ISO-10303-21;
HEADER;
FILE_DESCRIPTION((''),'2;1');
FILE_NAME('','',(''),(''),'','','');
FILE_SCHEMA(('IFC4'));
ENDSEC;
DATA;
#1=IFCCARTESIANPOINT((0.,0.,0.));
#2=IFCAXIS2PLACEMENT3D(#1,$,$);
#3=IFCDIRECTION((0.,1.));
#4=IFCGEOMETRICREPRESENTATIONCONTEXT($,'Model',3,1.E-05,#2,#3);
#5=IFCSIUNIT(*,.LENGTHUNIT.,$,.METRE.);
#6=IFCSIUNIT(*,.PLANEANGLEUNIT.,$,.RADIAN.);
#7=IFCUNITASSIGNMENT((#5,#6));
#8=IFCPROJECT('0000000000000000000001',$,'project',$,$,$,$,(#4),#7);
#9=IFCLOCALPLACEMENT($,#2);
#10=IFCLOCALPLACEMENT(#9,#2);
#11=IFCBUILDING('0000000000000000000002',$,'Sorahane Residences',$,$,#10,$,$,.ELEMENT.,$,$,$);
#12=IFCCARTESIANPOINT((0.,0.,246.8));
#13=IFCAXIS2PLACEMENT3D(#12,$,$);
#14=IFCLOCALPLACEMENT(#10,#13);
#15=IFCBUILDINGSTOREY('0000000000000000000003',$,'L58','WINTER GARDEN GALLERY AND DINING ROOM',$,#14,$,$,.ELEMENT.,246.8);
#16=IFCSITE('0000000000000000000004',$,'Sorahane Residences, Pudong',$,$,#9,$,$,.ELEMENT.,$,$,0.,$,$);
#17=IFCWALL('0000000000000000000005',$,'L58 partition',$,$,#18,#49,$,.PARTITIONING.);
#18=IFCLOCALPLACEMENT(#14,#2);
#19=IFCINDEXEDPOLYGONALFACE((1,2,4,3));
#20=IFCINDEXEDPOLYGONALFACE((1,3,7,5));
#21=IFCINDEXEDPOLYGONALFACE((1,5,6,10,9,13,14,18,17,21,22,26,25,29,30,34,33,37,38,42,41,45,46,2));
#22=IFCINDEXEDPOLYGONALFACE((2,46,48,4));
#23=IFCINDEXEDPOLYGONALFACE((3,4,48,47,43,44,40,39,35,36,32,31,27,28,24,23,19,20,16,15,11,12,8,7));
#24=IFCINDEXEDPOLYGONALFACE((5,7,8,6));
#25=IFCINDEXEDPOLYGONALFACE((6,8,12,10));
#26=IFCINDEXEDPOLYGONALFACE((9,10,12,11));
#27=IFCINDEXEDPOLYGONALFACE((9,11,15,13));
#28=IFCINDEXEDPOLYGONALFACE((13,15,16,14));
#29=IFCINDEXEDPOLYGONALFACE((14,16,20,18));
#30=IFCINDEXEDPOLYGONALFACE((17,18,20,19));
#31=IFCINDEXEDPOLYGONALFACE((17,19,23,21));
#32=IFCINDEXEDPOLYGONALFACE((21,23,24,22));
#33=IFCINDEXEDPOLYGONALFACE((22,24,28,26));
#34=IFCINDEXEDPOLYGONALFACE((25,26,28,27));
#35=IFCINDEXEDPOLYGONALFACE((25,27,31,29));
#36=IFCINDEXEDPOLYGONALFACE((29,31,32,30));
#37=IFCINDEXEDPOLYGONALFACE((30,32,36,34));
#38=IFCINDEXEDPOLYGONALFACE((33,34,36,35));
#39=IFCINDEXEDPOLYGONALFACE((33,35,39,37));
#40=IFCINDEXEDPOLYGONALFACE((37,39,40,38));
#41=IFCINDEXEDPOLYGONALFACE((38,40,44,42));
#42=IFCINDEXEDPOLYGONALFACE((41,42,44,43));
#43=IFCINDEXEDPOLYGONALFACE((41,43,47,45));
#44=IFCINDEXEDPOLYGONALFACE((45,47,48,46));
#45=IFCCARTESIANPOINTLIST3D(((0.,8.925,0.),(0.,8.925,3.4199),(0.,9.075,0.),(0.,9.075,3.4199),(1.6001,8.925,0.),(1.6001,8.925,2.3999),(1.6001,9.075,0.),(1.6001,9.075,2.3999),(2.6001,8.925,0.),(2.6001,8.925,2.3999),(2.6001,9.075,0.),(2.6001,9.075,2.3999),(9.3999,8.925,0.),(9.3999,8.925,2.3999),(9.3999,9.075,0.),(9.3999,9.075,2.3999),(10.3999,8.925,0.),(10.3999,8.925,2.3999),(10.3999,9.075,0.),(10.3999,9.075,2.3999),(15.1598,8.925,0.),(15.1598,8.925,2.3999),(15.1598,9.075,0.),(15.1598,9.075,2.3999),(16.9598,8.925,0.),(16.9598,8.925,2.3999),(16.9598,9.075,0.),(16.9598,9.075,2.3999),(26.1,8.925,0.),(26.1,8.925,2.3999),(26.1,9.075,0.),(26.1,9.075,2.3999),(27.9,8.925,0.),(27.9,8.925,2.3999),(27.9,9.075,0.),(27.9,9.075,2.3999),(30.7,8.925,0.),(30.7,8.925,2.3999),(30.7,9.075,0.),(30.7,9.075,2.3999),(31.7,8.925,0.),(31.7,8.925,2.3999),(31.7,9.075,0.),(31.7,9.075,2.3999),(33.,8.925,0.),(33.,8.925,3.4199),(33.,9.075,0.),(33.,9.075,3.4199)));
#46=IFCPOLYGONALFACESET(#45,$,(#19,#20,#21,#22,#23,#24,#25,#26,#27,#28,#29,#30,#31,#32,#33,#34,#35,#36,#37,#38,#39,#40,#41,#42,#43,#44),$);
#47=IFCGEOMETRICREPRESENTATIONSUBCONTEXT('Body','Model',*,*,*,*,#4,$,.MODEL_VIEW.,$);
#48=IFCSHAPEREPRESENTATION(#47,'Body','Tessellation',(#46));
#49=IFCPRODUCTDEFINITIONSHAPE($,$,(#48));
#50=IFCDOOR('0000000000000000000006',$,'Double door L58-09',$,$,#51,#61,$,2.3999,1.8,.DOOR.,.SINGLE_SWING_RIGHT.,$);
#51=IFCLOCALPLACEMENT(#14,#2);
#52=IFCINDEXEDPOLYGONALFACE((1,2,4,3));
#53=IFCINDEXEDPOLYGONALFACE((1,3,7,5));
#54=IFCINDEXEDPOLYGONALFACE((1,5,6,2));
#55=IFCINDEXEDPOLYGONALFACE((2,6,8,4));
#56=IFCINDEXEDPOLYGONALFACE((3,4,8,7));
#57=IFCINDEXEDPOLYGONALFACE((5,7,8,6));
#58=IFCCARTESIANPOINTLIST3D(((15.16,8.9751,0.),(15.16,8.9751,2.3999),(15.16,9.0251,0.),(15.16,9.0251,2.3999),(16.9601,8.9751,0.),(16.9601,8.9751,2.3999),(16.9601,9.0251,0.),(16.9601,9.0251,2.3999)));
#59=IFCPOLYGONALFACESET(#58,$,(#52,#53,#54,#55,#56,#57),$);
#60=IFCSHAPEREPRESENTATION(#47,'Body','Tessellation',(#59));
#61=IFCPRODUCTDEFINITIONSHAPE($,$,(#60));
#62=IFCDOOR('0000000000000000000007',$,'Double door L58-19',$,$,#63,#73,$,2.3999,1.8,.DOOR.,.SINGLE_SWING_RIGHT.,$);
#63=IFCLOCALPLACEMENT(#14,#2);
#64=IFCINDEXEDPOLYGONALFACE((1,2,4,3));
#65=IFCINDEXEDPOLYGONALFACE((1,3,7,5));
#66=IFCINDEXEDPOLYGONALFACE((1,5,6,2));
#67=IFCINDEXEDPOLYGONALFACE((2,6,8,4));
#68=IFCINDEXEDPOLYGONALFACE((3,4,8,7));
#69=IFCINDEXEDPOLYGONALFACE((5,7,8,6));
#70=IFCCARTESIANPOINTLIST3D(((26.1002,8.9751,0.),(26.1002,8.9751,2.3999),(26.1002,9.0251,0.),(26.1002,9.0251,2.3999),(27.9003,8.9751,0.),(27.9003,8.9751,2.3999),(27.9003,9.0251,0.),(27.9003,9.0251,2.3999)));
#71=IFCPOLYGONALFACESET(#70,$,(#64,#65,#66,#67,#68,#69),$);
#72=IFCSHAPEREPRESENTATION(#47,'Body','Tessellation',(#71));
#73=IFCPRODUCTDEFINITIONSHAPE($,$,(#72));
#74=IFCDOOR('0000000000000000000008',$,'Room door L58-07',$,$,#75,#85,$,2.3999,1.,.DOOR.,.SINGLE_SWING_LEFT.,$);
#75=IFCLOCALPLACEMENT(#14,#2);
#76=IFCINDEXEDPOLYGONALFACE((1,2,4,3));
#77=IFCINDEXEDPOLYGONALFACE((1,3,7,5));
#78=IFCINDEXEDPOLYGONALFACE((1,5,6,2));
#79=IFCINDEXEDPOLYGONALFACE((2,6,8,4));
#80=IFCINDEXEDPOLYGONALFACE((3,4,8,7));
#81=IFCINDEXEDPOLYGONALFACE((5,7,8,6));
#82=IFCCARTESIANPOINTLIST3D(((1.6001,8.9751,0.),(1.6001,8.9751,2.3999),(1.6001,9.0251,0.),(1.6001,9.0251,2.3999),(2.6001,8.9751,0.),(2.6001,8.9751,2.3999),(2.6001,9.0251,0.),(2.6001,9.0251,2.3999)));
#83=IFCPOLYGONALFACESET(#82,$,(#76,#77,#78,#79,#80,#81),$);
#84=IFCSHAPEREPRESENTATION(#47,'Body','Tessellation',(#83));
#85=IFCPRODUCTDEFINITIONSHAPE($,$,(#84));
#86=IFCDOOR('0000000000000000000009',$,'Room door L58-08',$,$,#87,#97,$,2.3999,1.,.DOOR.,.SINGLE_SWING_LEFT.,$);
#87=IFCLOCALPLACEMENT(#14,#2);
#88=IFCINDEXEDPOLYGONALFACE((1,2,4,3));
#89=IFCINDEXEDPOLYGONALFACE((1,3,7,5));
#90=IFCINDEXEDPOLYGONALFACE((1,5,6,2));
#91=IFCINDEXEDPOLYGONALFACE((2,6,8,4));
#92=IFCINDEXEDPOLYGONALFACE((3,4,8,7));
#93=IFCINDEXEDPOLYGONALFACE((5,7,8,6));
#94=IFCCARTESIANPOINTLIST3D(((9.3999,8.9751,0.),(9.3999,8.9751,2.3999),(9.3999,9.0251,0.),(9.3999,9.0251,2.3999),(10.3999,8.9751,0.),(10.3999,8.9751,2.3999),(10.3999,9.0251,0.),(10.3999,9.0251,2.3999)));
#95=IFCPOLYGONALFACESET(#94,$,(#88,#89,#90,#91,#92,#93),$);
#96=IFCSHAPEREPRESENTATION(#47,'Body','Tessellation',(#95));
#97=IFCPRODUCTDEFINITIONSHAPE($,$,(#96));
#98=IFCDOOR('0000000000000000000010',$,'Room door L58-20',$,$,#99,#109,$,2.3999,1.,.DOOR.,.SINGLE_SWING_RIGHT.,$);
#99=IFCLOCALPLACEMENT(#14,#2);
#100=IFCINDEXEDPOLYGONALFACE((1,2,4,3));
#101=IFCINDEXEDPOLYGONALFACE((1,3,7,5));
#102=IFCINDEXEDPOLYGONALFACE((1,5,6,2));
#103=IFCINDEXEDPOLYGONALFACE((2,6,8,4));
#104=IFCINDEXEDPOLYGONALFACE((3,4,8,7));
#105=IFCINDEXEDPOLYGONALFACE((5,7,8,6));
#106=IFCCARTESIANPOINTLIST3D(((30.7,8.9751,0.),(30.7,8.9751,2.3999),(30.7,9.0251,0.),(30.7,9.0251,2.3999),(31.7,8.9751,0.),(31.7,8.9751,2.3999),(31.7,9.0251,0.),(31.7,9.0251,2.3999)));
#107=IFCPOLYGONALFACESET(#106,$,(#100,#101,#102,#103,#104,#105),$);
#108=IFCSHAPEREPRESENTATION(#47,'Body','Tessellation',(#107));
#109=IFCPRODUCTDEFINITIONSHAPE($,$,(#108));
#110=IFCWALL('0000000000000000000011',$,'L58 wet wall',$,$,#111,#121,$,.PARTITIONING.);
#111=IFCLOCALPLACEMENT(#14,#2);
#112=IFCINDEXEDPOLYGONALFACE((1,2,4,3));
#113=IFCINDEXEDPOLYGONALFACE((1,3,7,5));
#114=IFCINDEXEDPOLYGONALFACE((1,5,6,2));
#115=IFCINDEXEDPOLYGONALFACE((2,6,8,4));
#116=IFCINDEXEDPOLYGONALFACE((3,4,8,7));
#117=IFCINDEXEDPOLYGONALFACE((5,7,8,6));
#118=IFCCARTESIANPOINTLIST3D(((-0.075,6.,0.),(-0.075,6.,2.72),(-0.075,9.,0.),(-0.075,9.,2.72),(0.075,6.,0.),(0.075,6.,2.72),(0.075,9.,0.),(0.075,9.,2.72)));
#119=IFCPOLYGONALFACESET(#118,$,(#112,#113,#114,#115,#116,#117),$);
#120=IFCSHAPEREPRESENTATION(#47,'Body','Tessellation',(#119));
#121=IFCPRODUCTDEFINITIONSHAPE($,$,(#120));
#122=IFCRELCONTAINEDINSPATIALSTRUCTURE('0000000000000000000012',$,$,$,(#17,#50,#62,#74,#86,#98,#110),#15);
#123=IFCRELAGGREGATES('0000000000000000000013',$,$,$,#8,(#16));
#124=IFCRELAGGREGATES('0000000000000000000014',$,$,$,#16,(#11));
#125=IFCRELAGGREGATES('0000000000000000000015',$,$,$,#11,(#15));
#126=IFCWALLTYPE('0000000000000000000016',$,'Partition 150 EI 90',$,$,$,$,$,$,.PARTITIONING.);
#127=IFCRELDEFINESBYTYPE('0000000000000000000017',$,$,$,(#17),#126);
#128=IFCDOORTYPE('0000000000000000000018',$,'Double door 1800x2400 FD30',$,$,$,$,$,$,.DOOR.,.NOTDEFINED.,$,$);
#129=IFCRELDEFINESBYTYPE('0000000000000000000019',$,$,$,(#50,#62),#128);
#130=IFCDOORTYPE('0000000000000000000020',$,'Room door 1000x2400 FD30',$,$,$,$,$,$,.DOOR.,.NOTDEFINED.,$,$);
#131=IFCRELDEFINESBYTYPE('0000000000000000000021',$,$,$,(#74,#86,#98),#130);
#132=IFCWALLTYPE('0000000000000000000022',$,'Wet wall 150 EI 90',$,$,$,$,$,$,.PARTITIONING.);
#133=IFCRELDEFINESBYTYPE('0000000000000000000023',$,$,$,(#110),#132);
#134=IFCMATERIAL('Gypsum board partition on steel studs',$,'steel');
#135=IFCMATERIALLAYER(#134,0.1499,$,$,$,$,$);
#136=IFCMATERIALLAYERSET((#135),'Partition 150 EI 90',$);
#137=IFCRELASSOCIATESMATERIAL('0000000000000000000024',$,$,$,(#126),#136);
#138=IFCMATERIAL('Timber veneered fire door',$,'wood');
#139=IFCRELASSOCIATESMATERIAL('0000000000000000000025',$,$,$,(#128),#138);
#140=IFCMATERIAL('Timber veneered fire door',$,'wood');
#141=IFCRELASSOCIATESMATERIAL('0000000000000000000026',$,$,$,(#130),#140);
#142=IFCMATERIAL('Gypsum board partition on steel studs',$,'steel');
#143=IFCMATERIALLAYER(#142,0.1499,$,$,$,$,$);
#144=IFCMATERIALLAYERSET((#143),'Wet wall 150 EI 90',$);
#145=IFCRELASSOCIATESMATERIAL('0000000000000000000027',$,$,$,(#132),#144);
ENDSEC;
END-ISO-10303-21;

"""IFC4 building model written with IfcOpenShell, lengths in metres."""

from ifc_helpers import new_model, si_unit, direction, frame, frame_2d, origin, place, context, subcontext, project, spatial, rectangle, extrude, material, layer, layer_set, type_object, element, fill, save


model = new_model("IFC4")

# Units and contexts
model_context = context("Model", 3, precision=1e-05, world=origin(), true_north=direction((0.0, 1.0)))
body_context = subcontext(model_context, "Body", "Model", "MODEL_VIEW")
ifc_project = project(units=[si_unit("LENGTHUNIT", "METRE"), si_unit("PLANEANGLEUNIT", "RADIAN")], contexts=[model_context])

# Site, building, storey
site_placement = place(None, origin())
site = spatial("IfcSite", under=ifc_project, at=site_placement, Name="Sorahane Residences, Pudong", CompositionType="ELEMENT", RefElevation=0.0)
building_placement = place(site_placement, origin())
building = spatial("IfcBuilding", under=site, at=building_placement, Name="Sorahane Residences", CompositionType="ELEMENT")
storey_placement = place(building_placement, frame((0.0, 0.0, 246.8)))
storey = spatial("IfcBuildingStorey", under=building, at=storey_placement, Name="L58", Description="WINTER GARDEN GALLERY AND DINING ROOM", CompositionType="ELEMENT", Elevation=246.8)

# Shared definitions
ifc_material_1 = material(Name="Gypsum board partition on steel studs", Category="steel")
ifc_layer_1 = layer(ifc_material_1, 0.1499)
ifc_layer_set_1 = layer_set([ifc_layer_1], Name="Partition 150 EI 90")
wall_type_1 = type_object("IfcWallType", Name="Partition 150 EI 90", PredefinedType="PARTITIONING", material=ifc_layer_set_1)

# Wall, openings, doors
wall_1_placement = place(storey_placement, frame((0.0, 9.0, 0.0), z_axis=(0.0, 0.0, 1.0), x_axis=(1.0, 0.0, 0.0)))
wall_1 = element("IfcWall", 1, at=wall_1_placement, inside=storey, type_object=wall_type_1, Name="L58 partition", PredefinedType="PARTITIONING", context=body_context, shape_type="SweptSolid", body=[
    extrude(rectangle(XDim=33.0, YDim=0.1499, at=frame_2d((16.5, 0.0))), origin(), (0.0, 0.0, 1.0), 3.4199),
])
opening_1_placement = place(wall_1_placement, frame((1.6001, 0.0, 0.0)))
opening_1 = element("IfcOpeningElement", 2, at=opening_1_placement, cuts=wall_1, PredefinedType="OPENING", context=body_context, shape_type="SweptSolid", body=[
    extrude(rectangle(XDim=1.0, YDim=2.3999, at=frame_2d((0.5, 1.2))), frame((0.0, 0.085, 0.0), z_axis=(0.0, -1.0, 0.0), x_axis=(1.0, 0.0, 0.0)), (0.0, 0.0, 1.0), 0.1699),
])
opening_2_placement = place(wall_1_placement, frame((9.3999, 0.0, 0.0)))
opening_2 = element("IfcOpeningElement", 3, at=opening_2_placement, cuts=wall_1, PredefinedType="OPENING", context=body_context, shape_type="SweptSolid", body=[
    extrude(rectangle(XDim=1.0, YDim=2.3999, at=frame_2d((0.5, 1.2))), frame((0.0, 0.085, 0.0), z_axis=(0.0, -1.0, 0.0), x_axis=(1.0, 0.0, 0.0)), (0.0, 0.0, 1.0), 0.1699),
])
opening_3_placement = place(wall_1_placement, frame((15.1599, 0.0, 0.0)))
opening_3 = element("IfcOpeningElement", 4, at=opening_3_placement, cuts=wall_1, PredefinedType="OPENING", context=body_context, shape_type="SweptSolid", body=[
    extrude(rectangle(XDim=1.8, YDim=2.3999, at=frame_2d((0.8999, 1.2))), frame((0.0, 0.085, 0.0), z_axis=(0.0, -1.0, 0.0), x_axis=(1.0, 0.0, 0.0)), (0.0, 0.0, 1.0), 0.1699),
])
opening_4_placement = place(wall_1_placement, frame((26.1001, 0.0, 0.0)))
opening_4 = element("IfcOpeningElement", 5, at=opening_4_placement, cuts=wall_1, PredefinedType="OPENING", context=body_context, shape_type="SweptSolid", body=[
    extrude(rectangle(XDim=1.8, YDim=2.3999, at=frame_2d((0.8999, 1.2))), frame((0.0, 0.085, 0.0), z_axis=(0.0, -1.0, 0.0), x_axis=(1.0, 0.0, 0.0)), (0.0, 0.0, 1.0), 0.1699),
])
opening_5_placement = place(wall_1_placement, frame((30.7, 0.0, 0.0)))
opening_5 = element("IfcOpeningElement", 6, at=opening_5_placement, cuts=wall_1, PredefinedType="OPENING", context=body_context, shape_type="SweptSolid", body=[
    extrude(rectangle(XDim=1.0, YDim=2.3999, at=frame_2d((0.5, 1.2))), frame((0.0, 0.085, 0.0), z_axis=(0.0, -1.0, 0.0), x_axis=(1.0, 0.0, 0.0)), (0.0, 0.0, 1.0), 0.1699),
])
ifc_material_2 = material(Name="Timber veneered fire door", Category="wood")
door_type_1 = type_object("IfcDoorType", Name="Double door 1800x2400 FD30", OperationType="NOTDEFINED", PredefinedType="DOOR", material=ifc_material_2)
door_1_placement = place(opening_3_placement, frame((1.8, 0.0, 0.0), z_axis=(0.0, 0.0, 1.0), x_axis=(-1.0, 0.0, 0.0)))
door_1 = element("IfcDoor", 7, at=door_1_placement, inside=storey, type_object=door_type_1, Name="Double door L58-09", OperationType="SINGLE_SWING_RIGHT", OverallHeight=2.3999, OverallWidth=1.8, PredefinedType="DOOR", context=body_context, shape_type="SweptSolid", body=[
    extrude(rectangle(XDim=1.8, YDim=2.3999, at=frame_2d((0.8999, 1.2))), frame((0.0, 0.0249, 0.0), z_axis=(0.0, -1.0, 0.0), x_axis=(1.0, 0.0, 0.0)), (0.0, 0.0, 1.0), 0.05),
])
fill(opening_3, door_1)
door_2_placement = place(opening_4_placement, frame((1.8, 0.0, 0.0), z_axis=(0.0, 0.0, 1.0), x_axis=(-1.0, 0.0, 0.0)))
door_2 = element("IfcDoor", 8, at=door_2_placement, inside=storey, type_object=door_type_1, Name="Double door L58-19", OperationType="SINGLE_SWING_RIGHT", OverallHeight=2.3999, OverallWidth=1.8, PredefinedType="DOOR", context=body_context, shape_type="SweptSolid", body=[
    extrude(rectangle(XDim=1.8, YDim=2.3999, at=frame_2d((0.8999, 1.2))), frame((0.0, 0.0249, 0.0), z_axis=(0.0, -1.0, 0.0), x_axis=(1.0, 0.0, 0.0)), (0.0, 0.0, 1.0), 0.05),
])
fill(opening_4, door_2)
ifc_material_3 = material(Name="Timber veneered fire door", Category="wood")
door_type_2 = type_object("IfcDoorType", Name="Room door 1000x2400 FD30", OperationType="NOTDEFINED", PredefinedType="DOOR", material=ifc_material_3)
door_3_placement = place(opening_1_placement, frame((1.0, 0.0, 0.0), z_axis=(0.0, 0.0, 1.0), x_axis=(-1.0, 0.0, 0.0)))
door_3 = element("IfcDoor", 9, at=door_3_placement, inside=storey, type_object=door_type_2, Name="Room door L58-07", OperationType="SINGLE_SWING_LEFT", OverallHeight=2.3999, OverallWidth=1.0, PredefinedType="DOOR", context=body_context, shape_type="SweptSolid", body=[
    extrude(rectangle(XDim=1.0, YDim=2.3999, at=frame_2d((0.5, 1.2))), frame((0.0, 0.0249, 0.0), z_axis=(0.0, -1.0, 0.0), x_axis=(1.0, 0.0, 0.0)), (0.0, 0.0, 1.0), 0.05),
])
fill(opening_1, door_3)
door_4_placement = place(opening_2_placement, frame((1.0, 0.0, 0.0), z_axis=(0.0, 0.0, 1.0), x_axis=(-1.0, 0.0, 0.0)))
door_4 = element("IfcDoor", 10, at=door_4_placement, inside=storey, type_object=door_type_2, Name="Room door L58-08", OperationType="SINGLE_SWING_LEFT", OverallHeight=2.3999, OverallWidth=1.0, PredefinedType="DOOR", context=body_context, shape_type="SweptSolid", body=[
    extrude(rectangle(XDim=1.0, YDim=2.3999, at=frame_2d((0.5, 1.2))), frame((0.0, 0.0249, 0.0), z_axis=(0.0, -1.0, 0.0), x_axis=(1.0, 0.0, 0.0)), (0.0, 0.0, 1.0), 0.05),
])
fill(opening_2, door_4)
door_5_placement = place(opening_5_placement, frame((1.0, 0.0, 0.0), z_axis=(0.0, 0.0, 1.0), x_axis=(-1.0, 0.0, 0.0)))
door_5 = element("IfcDoor", 11, at=door_5_placement, inside=storey, type_object=door_type_2, Name="Room door L58-20", OperationType="SINGLE_SWING_RIGHT", OverallHeight=2.3999, OverallWidth=1.0, PredefinedType="DOOR", context=body_context, shape_type="SweptSolid", body=[
    extrude(rectangle(XDim=1.0, YDim=2.3999, at=frame_2d((0.5, 1.2))), frame((0.0, 0.0249, 0.0), z_axis=(0.0, -1.0, 0.0), x_axis=(1.0, 0.0, 0.0)), (0.0, 0.0, 1.0), 0.05),
])
fill(opening_5, door_5)

# Wall
ifc_material_4 = material(Name="Gypsum board partition on steel studs", Category="steel")
ifc_layer_2 = layer(ifc_material_4, 0.1499)
ifc_layer_set_2 = layer_set([ifc_layer_2], Name="Wet wall 150 EI 90")
wall_type_2 = type_object("IfcWallType", Name="Wet wall 150 EI 90", PredefinedType="PARTITIONING", material=ifc_layer_set_2)
wall_2_placement = place(storey_placement, frame((0.0, 6.0, 0.0), z_axis=(0.0, 0.0, 1.0), x_axis=(0.0, 1.0, 0.0)))
element("IfcWall", 12, at=wall_2_placement, inside=storey, type_object=wall_type_2, Name="L58 wet wall", PredefinedType="PARTITIONING", context=body_context, shape_type="SweptSolid", body=[
    extrude(rectangle(XDim=3.0, YDim=0.1499, at=frame_2d((1.5, 0.0))), origin(), (0.0, 0.0, 1.0), 2.72),
])

save(model, "model.ifc")
